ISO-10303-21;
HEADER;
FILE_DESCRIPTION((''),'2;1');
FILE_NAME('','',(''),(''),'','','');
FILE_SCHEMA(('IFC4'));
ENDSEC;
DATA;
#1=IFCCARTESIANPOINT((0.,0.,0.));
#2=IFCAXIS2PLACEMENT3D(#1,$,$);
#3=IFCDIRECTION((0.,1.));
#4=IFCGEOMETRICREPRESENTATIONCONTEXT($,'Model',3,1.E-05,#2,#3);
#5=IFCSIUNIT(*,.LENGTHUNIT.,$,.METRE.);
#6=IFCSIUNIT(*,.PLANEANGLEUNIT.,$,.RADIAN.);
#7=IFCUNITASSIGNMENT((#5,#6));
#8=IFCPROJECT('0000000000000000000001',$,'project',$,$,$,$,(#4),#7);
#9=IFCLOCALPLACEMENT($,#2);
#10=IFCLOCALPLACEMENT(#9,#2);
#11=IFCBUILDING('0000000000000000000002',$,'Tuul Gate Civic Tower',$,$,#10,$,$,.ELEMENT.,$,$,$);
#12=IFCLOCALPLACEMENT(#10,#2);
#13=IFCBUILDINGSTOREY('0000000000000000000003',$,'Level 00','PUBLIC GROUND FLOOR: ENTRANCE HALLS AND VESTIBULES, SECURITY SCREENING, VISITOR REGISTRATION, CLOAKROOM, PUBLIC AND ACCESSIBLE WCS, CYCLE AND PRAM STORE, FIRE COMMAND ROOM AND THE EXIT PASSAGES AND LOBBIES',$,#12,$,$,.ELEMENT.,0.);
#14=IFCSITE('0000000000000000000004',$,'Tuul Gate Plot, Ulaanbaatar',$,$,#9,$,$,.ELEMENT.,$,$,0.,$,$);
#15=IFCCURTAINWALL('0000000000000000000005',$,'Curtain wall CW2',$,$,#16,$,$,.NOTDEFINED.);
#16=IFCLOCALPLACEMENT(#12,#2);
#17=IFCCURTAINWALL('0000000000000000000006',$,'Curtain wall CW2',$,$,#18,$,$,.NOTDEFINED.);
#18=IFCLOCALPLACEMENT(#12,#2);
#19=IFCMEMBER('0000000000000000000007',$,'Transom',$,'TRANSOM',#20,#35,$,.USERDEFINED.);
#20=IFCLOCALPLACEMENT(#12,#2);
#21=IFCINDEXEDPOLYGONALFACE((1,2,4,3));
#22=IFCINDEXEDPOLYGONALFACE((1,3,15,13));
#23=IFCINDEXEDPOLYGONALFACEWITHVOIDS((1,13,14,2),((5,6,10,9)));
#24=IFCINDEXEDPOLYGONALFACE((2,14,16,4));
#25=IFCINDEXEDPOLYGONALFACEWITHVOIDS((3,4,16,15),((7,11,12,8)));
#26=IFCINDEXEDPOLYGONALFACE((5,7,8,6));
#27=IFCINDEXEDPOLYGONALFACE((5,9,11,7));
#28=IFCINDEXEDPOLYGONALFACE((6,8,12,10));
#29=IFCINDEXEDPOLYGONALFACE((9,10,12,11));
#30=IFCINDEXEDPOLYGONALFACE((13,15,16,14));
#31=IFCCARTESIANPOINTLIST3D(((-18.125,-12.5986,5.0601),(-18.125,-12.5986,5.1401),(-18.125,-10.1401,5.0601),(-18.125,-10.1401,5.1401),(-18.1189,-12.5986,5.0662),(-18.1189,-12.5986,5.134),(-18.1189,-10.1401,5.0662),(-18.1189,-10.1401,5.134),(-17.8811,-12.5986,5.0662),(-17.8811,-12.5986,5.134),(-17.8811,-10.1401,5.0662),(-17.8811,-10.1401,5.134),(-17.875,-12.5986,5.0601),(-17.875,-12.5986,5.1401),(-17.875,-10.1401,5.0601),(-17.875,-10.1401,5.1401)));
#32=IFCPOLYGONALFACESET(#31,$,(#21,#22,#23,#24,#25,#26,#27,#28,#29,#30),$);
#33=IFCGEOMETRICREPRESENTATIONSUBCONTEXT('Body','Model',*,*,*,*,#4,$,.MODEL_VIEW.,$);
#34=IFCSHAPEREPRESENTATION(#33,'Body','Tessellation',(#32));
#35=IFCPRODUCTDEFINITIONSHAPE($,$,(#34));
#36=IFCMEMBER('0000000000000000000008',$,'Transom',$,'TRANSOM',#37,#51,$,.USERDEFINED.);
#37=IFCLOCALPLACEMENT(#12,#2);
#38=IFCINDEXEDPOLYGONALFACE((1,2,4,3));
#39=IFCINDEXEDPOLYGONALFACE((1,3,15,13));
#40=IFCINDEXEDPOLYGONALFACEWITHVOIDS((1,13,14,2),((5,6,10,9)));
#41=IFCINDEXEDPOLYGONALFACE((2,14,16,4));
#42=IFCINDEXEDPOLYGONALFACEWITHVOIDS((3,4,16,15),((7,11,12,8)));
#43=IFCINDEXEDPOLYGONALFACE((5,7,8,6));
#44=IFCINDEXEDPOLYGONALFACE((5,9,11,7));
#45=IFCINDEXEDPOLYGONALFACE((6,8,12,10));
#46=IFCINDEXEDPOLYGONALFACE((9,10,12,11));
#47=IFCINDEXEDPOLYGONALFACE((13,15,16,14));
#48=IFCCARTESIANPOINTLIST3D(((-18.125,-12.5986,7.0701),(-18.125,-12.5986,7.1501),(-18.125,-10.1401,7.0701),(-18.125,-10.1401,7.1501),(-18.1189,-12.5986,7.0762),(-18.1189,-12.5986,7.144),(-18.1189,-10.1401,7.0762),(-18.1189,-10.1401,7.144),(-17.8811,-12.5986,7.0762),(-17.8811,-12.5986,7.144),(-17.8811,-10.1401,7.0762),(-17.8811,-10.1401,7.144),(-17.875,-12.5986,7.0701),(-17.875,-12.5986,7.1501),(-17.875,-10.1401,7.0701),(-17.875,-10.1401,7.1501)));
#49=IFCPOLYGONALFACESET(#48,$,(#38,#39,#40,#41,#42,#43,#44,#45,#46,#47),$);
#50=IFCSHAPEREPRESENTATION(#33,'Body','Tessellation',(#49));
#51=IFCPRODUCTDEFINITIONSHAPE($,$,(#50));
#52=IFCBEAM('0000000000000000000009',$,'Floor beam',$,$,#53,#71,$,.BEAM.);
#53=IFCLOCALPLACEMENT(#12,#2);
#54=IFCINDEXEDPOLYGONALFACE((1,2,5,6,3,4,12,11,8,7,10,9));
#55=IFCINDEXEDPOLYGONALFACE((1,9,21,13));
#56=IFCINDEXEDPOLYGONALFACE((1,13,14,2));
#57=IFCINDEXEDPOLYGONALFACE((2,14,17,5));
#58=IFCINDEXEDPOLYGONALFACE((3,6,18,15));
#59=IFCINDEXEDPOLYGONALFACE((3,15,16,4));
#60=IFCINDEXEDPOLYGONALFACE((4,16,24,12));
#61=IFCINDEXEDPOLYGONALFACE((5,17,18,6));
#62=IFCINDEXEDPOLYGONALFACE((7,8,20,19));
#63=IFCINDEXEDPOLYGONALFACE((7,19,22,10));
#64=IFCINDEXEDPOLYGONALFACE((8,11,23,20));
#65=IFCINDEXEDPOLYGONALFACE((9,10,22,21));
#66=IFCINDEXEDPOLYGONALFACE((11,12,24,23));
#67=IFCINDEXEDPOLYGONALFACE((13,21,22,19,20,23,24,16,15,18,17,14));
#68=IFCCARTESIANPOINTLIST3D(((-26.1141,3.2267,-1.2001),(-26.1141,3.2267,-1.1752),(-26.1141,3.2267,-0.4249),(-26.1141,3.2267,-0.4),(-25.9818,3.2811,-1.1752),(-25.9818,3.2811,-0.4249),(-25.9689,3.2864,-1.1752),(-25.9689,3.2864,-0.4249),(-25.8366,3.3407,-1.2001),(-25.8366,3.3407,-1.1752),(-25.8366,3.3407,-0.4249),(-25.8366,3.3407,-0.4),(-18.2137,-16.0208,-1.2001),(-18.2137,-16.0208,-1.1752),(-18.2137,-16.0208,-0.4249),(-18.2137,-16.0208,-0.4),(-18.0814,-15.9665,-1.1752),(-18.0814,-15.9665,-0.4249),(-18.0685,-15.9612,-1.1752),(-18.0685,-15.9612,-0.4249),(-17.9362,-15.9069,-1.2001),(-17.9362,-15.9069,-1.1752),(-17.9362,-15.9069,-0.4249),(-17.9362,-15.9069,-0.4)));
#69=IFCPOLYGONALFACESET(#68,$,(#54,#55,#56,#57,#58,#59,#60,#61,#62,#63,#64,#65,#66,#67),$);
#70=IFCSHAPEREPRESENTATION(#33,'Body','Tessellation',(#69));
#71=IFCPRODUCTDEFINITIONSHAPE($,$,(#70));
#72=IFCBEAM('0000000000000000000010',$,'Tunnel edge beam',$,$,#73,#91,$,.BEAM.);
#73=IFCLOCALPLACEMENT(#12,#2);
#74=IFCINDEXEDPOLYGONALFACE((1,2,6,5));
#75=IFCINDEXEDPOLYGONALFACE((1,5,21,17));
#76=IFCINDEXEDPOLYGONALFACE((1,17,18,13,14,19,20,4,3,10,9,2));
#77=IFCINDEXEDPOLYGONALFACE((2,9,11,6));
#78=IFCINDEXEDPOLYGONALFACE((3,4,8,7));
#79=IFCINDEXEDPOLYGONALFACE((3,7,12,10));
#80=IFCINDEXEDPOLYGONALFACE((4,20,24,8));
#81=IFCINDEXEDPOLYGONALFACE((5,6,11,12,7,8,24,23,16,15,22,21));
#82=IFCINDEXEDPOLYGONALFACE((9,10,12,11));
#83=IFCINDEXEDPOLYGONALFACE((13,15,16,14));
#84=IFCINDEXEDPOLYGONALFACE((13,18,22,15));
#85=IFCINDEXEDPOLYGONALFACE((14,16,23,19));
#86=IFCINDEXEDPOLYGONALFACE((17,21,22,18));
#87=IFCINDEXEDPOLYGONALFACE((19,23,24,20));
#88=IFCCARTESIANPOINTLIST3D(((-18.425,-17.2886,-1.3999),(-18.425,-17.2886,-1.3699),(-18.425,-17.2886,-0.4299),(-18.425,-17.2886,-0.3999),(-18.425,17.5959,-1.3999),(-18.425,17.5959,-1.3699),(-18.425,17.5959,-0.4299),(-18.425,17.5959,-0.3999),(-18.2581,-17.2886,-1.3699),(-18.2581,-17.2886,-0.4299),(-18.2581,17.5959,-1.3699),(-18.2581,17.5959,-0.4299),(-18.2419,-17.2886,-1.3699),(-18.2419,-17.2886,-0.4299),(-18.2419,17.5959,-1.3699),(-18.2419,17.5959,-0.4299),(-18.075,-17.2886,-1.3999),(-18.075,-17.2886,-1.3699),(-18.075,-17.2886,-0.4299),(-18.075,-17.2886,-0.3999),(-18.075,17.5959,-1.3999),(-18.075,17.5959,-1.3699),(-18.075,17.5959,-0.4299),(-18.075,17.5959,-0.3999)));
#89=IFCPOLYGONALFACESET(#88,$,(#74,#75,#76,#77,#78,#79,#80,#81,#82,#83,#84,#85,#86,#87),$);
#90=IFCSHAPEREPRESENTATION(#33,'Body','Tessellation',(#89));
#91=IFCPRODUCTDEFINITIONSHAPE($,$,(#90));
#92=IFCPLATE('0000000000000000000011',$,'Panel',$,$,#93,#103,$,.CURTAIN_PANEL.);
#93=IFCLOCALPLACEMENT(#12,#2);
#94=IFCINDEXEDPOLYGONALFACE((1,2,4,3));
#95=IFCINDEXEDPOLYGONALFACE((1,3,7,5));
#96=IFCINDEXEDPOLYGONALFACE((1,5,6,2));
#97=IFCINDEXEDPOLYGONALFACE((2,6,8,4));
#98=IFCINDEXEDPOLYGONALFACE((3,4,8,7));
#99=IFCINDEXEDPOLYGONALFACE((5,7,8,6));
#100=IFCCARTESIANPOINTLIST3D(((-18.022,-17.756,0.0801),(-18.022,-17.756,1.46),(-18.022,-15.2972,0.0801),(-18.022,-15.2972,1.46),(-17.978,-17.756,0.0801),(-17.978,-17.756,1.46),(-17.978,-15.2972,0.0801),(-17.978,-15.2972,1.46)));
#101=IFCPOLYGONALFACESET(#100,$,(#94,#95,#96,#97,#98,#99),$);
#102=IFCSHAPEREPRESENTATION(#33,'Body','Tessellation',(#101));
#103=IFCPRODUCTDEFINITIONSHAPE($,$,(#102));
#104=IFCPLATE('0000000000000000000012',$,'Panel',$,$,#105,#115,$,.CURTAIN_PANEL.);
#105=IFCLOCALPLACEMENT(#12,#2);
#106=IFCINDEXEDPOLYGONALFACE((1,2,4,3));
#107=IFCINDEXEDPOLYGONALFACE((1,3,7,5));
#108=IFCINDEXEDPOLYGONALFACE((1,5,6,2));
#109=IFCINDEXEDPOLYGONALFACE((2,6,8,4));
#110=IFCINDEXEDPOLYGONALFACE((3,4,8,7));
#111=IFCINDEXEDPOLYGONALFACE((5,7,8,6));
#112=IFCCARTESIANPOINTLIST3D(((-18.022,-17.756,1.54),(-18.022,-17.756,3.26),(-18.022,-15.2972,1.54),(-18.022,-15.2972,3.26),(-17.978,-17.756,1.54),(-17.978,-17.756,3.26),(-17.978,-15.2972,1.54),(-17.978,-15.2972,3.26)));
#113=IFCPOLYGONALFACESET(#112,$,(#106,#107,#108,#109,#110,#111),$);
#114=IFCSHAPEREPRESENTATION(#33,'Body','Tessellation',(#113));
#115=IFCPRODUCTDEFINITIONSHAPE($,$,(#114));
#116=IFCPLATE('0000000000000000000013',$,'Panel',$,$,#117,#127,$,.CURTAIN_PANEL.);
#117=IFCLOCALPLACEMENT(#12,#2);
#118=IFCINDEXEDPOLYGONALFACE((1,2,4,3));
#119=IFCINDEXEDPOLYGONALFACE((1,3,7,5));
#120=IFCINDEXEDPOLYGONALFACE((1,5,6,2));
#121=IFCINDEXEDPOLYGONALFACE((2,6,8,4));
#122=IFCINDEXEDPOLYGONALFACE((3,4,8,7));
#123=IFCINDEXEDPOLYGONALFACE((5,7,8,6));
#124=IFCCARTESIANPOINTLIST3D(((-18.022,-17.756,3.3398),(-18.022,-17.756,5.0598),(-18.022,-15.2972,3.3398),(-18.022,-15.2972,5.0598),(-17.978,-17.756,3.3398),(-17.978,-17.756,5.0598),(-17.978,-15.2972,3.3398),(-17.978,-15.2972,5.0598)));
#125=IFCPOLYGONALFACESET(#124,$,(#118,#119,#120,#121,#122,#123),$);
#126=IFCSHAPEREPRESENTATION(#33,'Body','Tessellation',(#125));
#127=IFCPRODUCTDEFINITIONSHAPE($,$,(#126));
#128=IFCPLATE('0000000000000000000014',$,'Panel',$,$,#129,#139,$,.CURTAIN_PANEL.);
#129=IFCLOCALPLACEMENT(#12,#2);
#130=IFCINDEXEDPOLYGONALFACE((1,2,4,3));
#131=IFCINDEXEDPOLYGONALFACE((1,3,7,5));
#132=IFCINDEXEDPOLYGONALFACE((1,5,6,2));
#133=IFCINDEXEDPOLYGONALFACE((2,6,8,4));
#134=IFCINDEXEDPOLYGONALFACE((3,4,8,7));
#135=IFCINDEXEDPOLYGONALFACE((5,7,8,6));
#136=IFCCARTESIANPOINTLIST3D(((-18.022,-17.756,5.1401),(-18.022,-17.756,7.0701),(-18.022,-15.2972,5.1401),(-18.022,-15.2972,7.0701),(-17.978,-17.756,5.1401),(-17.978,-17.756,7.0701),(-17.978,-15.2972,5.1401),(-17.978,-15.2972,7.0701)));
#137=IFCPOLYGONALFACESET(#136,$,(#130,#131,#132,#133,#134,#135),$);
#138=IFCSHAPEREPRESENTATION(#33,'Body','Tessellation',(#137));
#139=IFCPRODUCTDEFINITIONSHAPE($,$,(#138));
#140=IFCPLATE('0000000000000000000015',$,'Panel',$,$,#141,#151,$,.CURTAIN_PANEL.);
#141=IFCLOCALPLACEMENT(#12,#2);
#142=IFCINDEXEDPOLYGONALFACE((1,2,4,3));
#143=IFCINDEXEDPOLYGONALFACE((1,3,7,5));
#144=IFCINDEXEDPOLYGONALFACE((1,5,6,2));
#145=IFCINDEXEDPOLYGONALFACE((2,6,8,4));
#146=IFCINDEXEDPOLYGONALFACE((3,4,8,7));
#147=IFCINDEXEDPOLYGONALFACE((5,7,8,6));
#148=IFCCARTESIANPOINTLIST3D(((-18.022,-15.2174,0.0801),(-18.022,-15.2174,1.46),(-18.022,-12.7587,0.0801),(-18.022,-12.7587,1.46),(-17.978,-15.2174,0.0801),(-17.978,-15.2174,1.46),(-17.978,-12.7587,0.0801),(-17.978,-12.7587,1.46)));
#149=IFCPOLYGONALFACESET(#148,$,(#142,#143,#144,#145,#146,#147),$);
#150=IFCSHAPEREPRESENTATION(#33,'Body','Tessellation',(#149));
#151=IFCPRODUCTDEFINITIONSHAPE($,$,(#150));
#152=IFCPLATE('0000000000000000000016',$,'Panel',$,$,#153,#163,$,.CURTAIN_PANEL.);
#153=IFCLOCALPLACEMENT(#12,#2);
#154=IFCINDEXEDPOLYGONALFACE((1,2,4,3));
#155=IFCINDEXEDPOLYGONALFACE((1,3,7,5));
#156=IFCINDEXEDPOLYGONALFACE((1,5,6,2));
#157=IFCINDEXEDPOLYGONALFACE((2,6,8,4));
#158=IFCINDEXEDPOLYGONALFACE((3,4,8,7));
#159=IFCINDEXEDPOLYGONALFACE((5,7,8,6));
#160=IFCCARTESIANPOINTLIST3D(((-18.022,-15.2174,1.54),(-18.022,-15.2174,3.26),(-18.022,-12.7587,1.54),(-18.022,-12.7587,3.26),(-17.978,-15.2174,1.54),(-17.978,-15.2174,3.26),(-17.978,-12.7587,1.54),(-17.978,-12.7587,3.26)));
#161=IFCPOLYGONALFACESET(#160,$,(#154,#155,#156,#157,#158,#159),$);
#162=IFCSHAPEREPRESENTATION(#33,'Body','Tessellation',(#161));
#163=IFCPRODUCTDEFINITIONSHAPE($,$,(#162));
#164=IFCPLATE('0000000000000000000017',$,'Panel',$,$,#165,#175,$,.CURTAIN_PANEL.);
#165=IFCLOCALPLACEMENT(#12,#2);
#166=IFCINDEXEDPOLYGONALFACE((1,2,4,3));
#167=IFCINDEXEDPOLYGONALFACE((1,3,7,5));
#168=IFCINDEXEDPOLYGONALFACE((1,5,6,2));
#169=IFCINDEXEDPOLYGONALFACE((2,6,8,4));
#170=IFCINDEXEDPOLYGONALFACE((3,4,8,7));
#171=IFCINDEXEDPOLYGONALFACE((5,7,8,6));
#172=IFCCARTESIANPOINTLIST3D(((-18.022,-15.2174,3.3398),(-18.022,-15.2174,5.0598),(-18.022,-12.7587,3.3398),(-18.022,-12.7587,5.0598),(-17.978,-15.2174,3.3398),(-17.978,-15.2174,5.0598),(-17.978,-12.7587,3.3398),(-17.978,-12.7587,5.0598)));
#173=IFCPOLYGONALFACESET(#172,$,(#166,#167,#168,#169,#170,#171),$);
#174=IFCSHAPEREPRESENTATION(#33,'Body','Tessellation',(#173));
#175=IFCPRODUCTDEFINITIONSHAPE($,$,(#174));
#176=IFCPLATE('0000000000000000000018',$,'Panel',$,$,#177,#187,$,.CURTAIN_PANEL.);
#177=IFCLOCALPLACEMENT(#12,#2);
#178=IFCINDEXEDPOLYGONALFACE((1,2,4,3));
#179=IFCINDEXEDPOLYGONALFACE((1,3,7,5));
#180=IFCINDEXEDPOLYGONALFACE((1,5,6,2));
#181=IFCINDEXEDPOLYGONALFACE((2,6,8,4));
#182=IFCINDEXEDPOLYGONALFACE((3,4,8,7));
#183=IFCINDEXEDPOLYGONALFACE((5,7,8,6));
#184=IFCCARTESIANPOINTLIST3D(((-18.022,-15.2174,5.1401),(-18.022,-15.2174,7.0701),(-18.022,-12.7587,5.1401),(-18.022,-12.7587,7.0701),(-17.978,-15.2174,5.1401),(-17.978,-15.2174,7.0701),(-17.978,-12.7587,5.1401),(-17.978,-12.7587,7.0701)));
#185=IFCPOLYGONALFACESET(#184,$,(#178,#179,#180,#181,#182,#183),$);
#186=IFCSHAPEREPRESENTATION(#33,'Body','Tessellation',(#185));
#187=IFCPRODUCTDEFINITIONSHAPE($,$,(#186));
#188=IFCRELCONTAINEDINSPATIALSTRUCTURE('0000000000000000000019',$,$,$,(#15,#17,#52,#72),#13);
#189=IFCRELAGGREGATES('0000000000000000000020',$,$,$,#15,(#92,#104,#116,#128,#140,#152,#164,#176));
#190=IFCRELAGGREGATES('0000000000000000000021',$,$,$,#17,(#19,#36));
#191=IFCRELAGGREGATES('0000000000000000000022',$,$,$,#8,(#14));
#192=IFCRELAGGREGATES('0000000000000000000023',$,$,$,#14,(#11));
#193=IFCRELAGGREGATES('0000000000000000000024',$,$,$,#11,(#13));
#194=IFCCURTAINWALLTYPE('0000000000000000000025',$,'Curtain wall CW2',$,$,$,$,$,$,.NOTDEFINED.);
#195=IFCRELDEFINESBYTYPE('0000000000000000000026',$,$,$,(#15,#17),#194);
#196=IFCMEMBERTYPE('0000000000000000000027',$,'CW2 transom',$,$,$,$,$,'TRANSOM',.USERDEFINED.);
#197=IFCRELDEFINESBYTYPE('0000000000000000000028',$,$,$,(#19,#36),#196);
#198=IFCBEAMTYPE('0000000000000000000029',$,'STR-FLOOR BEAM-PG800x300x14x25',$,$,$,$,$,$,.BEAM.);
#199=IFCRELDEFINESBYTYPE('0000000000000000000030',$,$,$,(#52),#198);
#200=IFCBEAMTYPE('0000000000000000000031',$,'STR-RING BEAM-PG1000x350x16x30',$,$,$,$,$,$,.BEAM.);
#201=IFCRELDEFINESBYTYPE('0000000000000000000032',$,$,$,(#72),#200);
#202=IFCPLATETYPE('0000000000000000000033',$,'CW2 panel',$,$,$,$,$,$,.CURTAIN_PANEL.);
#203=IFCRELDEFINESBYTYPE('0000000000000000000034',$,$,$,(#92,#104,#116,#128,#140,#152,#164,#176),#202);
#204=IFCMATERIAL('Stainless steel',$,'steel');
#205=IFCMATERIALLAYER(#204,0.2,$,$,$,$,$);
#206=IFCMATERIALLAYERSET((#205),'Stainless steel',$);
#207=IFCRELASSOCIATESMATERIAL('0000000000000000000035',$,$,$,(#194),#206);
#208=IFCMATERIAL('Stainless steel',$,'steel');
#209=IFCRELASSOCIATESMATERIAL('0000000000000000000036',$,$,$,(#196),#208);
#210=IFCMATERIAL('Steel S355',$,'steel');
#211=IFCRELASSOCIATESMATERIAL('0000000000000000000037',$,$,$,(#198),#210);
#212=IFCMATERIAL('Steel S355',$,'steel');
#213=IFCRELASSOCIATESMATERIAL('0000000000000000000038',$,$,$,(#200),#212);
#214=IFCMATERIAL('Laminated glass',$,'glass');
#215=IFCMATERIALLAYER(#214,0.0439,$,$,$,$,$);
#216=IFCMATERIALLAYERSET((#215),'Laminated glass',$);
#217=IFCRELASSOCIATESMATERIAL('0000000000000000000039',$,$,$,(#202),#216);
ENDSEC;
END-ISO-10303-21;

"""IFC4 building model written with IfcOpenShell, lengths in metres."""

from ifc_helpers import new_model, si_unit, direction, frame, origin, origin_2d, place, context, subcontext, project, spatial, rectangle, hollow_rectangle, i_section, extrude, material, layer, layer_set, material_profile, profile_set, type_object, element, aggregate, save


model = new_model("IFC4")

# Units and contexts
model_context = context("Model", 3, precision=1e-05, world=origin(), true_north=direction((0.0, 1.0)))
body_context = subcontext(model_context, "Body", "Model", "MODEL_VIEW")
ifc_project = project(units=[si_unit("LENGTHUNIT", "METRE"), si_unit("PLANEANGLEUNIT", "RADIAN")], contexts=[model_context])

# Site, building, storey
site_placement = place(None, origin())
site = spatial("IfcSite", under=ifc_project, at=site_placement, Name="Tuul Gate Plot, Ulaanbaatar", CompositionType="ELEMENT", RefElevation=0.0)
building_placement = place(site_placement, origin())
building = spatial("IfcBuilding", under=site, at=building_placement, Name="Tuul Gate Civic Tower", CompositionType="ELEMENT")
storey_placement = place(building_placement, origin())
storey = spatial("IfcBuildingStorey", under=building, at=storey_placement, Name="Level 00", Description="PUBLIC GROUND FLOOR: ENTRANCE HALLS AND VESTIBULES, SECURITY SCREENING, VISITOR REGISTRATION, CLOAKROOM, PUBLIC AND ACCESSIBLE WCS, CYCLE AND PRAM STORE, FIRE COMMAND ROOM AND THE EXIT PASSAGES AND LOBBIES", CompositionType="ELEMENT", Elevation=0.0)

# Curtain wall
ifc_material_1 = material(Name="Stainless steel", Category="steel")
ifc_layer_1 = layer(ifc_material_1, 0.2)
ifc_layer_set_1 = layer_set([ifc_layer_1], Name="Stainless steel")
curtain_wall_type = type_object("IfcCurtainWallType", Name="Curtain wall CW2", PredefinedType="NOTDEFINED", material=ifc_layer_set_1)
curtain_wall_1_placement = place(storey_placement, origin())
curtain_wall_1 = element("IfcCurtainWall", 1, at=curtain_wall_1_placement, inside=storey, type_object=curtain_wall_type, Name="Curtain wall CW2", PredefinedType="NOTDEFINED")

# Curtain wall
curtain_wall_2_placement = place(storey_placement, origin())
curtain_wall_2 = element("IfcCurtainWall", 2, at=curtain_wall_2_placement, inside=storey, type_object=curtain_wall_type, Name="Curtain wall CW2", PredefinedType="NOTDEFINED")

# Members
ifc_material_2 = material(Name="Stainless steel", Category="steel")
ifc_material_profile_1 = material_profile(ifc_material_2, hollow_rectangle(XDim=0.25, YDim=0.0801, WallThickness=0.0061, at=origin_2d()), Name="CW2 transom")
ifc_profile_set_1 = profile_set([ifc_material_profile_1], Name="Stainless steel")
member_type_1 = type_object("IfcMemberType", Name="CW2 transom", ElementType="TRANSOM", PredefinedType="USERDEFINED", material=ifc_profile_set_1)
member_1_placement = place(storey_placement, frame((-18.0, -12.5986, 5.1001), z_axis=(0.0, 1.0, 0.0), x_axis=(-1.0, 0.0, 0.0)))
member_1 = element("IfcMember", 3, at=member_1_placement, type_object=member_type_1, Name="Transom", ObjectType="TRANSOM", PredefinedType="USERDEFINED", context=body_context, shape_type="SweptSolid", body=[
    extrude(hollow_rectangle(XDim=0.25, YDim=0.0801, WallThickness=0.0061, at=origin_2d()), origin(), (0.0, 0.0, 1.0), 2.4585),
])
member_2_placement = place(storey_placement, frame((-18.0, -12.5986, 7.1101), z_axis=(0.0, 1.0, 0.0), x_axis=(-1.0, 0.0, 0.0)))
member_2 = element("IfcMember", 4, at=member_2_placement, type_object=member_type_1, Name="Transom", ObjectType="TRANSOM", PredefinedType="USERDEFINED", context=body_context, shape_type="SweptSolid", body=[
    extrude(hollow_rectangle(XDim=0.25, YDim=0.0801, WallThickness=0.0061, at=origin_2d()), origin(), (0.0, 0.0, 1.0), 2.4585),
])

# Beams
ifc_material_3 = material(Name="Steel S355", Category="steel")
ifc_material_profile_2 = material_profile(ifc_material_3, i_section(OverallWidth=0.3, OverallDepth=0.8, WebThickness=0.0139, FlangeThickness=0.0249, at=origin_2d()), Name="PG800x300x14x25")
ifc_profile_set_2 = profile_set([ifc_material_profile_2], Name="Steel S355")
beam_type_1 = type_object("IfcBeamType", Name="STR-FLOOR BEAM-PG800x300x14x25", PredefinedType="BEAM", material=ifc_profile_set_2)
beam_1_placement = place(storey_placement, frame((-18.075, -15.9639, -0.8), z_axis=(-0.379719, 0.925102, 0.0), x_axis=(-0.925102, -0.379719, 0.0)))
element("IfcBeam", 5, at=beam_1_placement, inside=storey, type_object=beam_type_1, Name="Floor beam", PredefinedType="BEAM", context=body_context, shape_type="SweptSolid", body=[
    extrude(i_section(OverallWidth=0.3, OverallDepth=0.8, WebThickness=0.0139, FlangeThickness=0.0249, at=origin_2d()), origin(), (0.0, 0.0, 1.0), 20.8059),
])
ifc_material_4 = material(Name="Steel S355", Category="steel")
ifc_material_profile_3 = material_profile(ifc_material_4, i_section(OverallWidth=0.3501, OverallDepth=1.0, WebThickness=0.0161, FlangeThickness=0.03, at=origin_2d()), Name="PG1000x350x16x30")
ifc_profile_set_3 = profile_set([ifc_material_profile_3], Name="Steel S355")
beam_type_2 = type_object("IfcBeamType", Name="STR-RING BEAM-PG1000x350x16x30", PredefinedType="BEAM", material=ifc_profile_set_3)
beam_2_placement = place(storey_placement, frame((-18.25, -17.2886, -0.8999), z_axis=(0.0, 1.0, 0.0), x_axis=(-1.0, 0.0, 0.0)))
element("IfcBeam", 6, at=beam_2_placement, inside=storey, type_object=beam_type_2, Name="Tunnel edge beam", PredefinedType="BEAM", context=body_context, shape_type="SweptSolid", body=[
    extrude(i_section(OverallWidth=0.3501, OverallDepth=1.0, WebThickness=0.0161, FlangeThickness=0.03, at=origin_2d()), origin(), (0.0, 0.0, 1.0), 34.8845),
])

# Plates
ifc_material_5 = material(Name="Laminated glass", Category="glass")
ifc_layer_2 = layer(ifc_material_5, 0.0439)
ifc_layer_set_2 = layer_set([ifc_layer_2], Name="Laminated glass")
plate_type = type_object("IfcPlateType", Name="CW2 panel", PredefinedType="CURTAIN_PANEL", material=ifc_layer_set_2)
plate_1_placement = place(storey_placement, frame((-18.0, -16.5266, 0.0801), z_axis=(0.0, 0.0, 1.0), x_axis=(0.0, 1.0, 0.0)))
plate_1 = element("IfcPlate", 7, at=plate_1_placement, type_object=plate_type, Name="Panel", PredefinedType="CURTAIN_PANEL", context=body_context, shape_type="SweptSolid", body=[
    extrude(rectangle(XDim=2.4587, YDim=0.0439, at=origin_2d()), origin(), (0.0, 0.0, 1.0), 1.3799),
])
plate_2_placement = place(storey_placement, frame((-18.0, -16.5266, 1.54), z_axis=(0.0, 0.0, 1.0), x_axis=(0.0, 1.0, 0.0)))
plate_2 = element("IfcPlate", 8, at=plate_2_placement, type_object=plate_type, Name="Panel", PredefinedType="CURTAIN_PANEL", context=body_context, shape_type="SweptSolid", body=[
    extrude(rectangle(XDim=2.4587, YDim=0.0439, at=origin_2d()), origin(), (0.0, 0.0, 1.0), 1.72),
])
plate_3_placement = place(storey_placement, frame((-18.0, -16.5266, 3.3398), z_axis=(0.0, 0.0, 1.0), x_axis=(0.0, 1.0, 0.0)))
plate_3 = element("IfcPlate", 9, at=plate_3_placement, type_object=plate_type, Name="Panel", PredefinedType="CURTAIN_PANEL", context=body_context, shape_type="SweptSolid", body=[
    extrude(rectangle(XDim=2.4587, YDim=0.0439, at=origin_2d()), origin(), (0.0, 0.0, 1.0), 1.72),
])
plate_4_placement = place(storey_placement, frame((-18.0, -16.5266, 5.1401), z_axis=(0.0, 0.0, 1.0), x_axis=(0.0, 1.0, 0.0)))
plate_4 = element("IfcPlate", 10, at=plate_4_placement, type_object=plate_type, Name="Panel", PredefinedType="CURTAIN_PANEL", context=body_context, shape_type="SweptSolid", body=[
    extrude(rectangle(XDim=2.4587, YDim=0.0439, at=origin_2d()), origin(), (0.0, 0.0, 1.0), 1.9299),
])
plate_5_placement = place(storey_placement, frame((-18.0, -13.988, 0.0801), z_axis=(0.0, 0.0, 1.0), x_axis=(0.0, 1.0, 0.0)))
plate_5 = element("IfcPlate", 11, at=plate_5_placement, type_object=plate_type, Name="Panel", PredefinedType="CURTAIN_PANEL", context=body_context, shape_type="SweptSolid", body=[
    extrude(rectangle(XDim=2.4587, YDim=0.0439, at=origin_2d()), origin(), (0.0, 0.0, 1.0), 1.3799),
])
plate_6_placement = place(storey_placement, frame((-18.0, -13.988, 1.54), z_axis=(0.0, 0.0, 1.0), x_axis=(0.0, 1.0, 0.0)))
plate_6 = element("IfcPlate", 12, at=plate_6_placement, type_object=plate_type, Name="Panel", PredefinedType="CURTAIN_PANEL", context=body_context, shape_type="SweptSolid", body=[
    extrude(rectangle(XDim=2.4587, YDim=0.0439, at=origin_2d()), origin(), (0.0, 0.0, 1.0), 1.72),
])
plate_7_placement = place(storey_placement, frame((-18.0, -13.988, 3.3398), z_axis=(0.0, 0.0, 1.0), x_axis=(0.0, 1.0, 0.0)))
plate_7 = element("IfcPlate", 13, at=plate_7_placement, type_object=plate_type, Name="Panel", PredefinedType="CURTAIN_PANEL", context=body_context, shape_type="SweptSolid", body=[
    extrude(rectangle(XDim=2.4587, YDim=0.0439, at=origin_2d()), origin(), (0.0, 0.0, 1.0), 1.72),
])
plate_8_placement = place(storey_placement, frame((-18.0, -13.988, 5.1401), z_axis=(0.0, 0.0, 1.0), x_axis=(0.0, 1.0, 0.0)))
plate_8 = element("IfcPlate", 14, at=plate_8_placement, type_object=plate_type, Name="Panel", PredefinedType="CURTAIN_PANEL", context=body_context, shape_type="SweptSolid", body=[
    extrude(rectangle(XDim=2.4587, YDim=0.0439, at=origin_2d()), origin(), (0.0, 0.0, 1.0), 1.9299),
])
aggregate(curtain_wall_1, [plate_1, plate_2, plate_3, plate_4, plate_5, plate_6, plate_7, plate_8])
aggregate(curtain_wall_2, [member_1, member_2])

save(model, "model.ifc")
